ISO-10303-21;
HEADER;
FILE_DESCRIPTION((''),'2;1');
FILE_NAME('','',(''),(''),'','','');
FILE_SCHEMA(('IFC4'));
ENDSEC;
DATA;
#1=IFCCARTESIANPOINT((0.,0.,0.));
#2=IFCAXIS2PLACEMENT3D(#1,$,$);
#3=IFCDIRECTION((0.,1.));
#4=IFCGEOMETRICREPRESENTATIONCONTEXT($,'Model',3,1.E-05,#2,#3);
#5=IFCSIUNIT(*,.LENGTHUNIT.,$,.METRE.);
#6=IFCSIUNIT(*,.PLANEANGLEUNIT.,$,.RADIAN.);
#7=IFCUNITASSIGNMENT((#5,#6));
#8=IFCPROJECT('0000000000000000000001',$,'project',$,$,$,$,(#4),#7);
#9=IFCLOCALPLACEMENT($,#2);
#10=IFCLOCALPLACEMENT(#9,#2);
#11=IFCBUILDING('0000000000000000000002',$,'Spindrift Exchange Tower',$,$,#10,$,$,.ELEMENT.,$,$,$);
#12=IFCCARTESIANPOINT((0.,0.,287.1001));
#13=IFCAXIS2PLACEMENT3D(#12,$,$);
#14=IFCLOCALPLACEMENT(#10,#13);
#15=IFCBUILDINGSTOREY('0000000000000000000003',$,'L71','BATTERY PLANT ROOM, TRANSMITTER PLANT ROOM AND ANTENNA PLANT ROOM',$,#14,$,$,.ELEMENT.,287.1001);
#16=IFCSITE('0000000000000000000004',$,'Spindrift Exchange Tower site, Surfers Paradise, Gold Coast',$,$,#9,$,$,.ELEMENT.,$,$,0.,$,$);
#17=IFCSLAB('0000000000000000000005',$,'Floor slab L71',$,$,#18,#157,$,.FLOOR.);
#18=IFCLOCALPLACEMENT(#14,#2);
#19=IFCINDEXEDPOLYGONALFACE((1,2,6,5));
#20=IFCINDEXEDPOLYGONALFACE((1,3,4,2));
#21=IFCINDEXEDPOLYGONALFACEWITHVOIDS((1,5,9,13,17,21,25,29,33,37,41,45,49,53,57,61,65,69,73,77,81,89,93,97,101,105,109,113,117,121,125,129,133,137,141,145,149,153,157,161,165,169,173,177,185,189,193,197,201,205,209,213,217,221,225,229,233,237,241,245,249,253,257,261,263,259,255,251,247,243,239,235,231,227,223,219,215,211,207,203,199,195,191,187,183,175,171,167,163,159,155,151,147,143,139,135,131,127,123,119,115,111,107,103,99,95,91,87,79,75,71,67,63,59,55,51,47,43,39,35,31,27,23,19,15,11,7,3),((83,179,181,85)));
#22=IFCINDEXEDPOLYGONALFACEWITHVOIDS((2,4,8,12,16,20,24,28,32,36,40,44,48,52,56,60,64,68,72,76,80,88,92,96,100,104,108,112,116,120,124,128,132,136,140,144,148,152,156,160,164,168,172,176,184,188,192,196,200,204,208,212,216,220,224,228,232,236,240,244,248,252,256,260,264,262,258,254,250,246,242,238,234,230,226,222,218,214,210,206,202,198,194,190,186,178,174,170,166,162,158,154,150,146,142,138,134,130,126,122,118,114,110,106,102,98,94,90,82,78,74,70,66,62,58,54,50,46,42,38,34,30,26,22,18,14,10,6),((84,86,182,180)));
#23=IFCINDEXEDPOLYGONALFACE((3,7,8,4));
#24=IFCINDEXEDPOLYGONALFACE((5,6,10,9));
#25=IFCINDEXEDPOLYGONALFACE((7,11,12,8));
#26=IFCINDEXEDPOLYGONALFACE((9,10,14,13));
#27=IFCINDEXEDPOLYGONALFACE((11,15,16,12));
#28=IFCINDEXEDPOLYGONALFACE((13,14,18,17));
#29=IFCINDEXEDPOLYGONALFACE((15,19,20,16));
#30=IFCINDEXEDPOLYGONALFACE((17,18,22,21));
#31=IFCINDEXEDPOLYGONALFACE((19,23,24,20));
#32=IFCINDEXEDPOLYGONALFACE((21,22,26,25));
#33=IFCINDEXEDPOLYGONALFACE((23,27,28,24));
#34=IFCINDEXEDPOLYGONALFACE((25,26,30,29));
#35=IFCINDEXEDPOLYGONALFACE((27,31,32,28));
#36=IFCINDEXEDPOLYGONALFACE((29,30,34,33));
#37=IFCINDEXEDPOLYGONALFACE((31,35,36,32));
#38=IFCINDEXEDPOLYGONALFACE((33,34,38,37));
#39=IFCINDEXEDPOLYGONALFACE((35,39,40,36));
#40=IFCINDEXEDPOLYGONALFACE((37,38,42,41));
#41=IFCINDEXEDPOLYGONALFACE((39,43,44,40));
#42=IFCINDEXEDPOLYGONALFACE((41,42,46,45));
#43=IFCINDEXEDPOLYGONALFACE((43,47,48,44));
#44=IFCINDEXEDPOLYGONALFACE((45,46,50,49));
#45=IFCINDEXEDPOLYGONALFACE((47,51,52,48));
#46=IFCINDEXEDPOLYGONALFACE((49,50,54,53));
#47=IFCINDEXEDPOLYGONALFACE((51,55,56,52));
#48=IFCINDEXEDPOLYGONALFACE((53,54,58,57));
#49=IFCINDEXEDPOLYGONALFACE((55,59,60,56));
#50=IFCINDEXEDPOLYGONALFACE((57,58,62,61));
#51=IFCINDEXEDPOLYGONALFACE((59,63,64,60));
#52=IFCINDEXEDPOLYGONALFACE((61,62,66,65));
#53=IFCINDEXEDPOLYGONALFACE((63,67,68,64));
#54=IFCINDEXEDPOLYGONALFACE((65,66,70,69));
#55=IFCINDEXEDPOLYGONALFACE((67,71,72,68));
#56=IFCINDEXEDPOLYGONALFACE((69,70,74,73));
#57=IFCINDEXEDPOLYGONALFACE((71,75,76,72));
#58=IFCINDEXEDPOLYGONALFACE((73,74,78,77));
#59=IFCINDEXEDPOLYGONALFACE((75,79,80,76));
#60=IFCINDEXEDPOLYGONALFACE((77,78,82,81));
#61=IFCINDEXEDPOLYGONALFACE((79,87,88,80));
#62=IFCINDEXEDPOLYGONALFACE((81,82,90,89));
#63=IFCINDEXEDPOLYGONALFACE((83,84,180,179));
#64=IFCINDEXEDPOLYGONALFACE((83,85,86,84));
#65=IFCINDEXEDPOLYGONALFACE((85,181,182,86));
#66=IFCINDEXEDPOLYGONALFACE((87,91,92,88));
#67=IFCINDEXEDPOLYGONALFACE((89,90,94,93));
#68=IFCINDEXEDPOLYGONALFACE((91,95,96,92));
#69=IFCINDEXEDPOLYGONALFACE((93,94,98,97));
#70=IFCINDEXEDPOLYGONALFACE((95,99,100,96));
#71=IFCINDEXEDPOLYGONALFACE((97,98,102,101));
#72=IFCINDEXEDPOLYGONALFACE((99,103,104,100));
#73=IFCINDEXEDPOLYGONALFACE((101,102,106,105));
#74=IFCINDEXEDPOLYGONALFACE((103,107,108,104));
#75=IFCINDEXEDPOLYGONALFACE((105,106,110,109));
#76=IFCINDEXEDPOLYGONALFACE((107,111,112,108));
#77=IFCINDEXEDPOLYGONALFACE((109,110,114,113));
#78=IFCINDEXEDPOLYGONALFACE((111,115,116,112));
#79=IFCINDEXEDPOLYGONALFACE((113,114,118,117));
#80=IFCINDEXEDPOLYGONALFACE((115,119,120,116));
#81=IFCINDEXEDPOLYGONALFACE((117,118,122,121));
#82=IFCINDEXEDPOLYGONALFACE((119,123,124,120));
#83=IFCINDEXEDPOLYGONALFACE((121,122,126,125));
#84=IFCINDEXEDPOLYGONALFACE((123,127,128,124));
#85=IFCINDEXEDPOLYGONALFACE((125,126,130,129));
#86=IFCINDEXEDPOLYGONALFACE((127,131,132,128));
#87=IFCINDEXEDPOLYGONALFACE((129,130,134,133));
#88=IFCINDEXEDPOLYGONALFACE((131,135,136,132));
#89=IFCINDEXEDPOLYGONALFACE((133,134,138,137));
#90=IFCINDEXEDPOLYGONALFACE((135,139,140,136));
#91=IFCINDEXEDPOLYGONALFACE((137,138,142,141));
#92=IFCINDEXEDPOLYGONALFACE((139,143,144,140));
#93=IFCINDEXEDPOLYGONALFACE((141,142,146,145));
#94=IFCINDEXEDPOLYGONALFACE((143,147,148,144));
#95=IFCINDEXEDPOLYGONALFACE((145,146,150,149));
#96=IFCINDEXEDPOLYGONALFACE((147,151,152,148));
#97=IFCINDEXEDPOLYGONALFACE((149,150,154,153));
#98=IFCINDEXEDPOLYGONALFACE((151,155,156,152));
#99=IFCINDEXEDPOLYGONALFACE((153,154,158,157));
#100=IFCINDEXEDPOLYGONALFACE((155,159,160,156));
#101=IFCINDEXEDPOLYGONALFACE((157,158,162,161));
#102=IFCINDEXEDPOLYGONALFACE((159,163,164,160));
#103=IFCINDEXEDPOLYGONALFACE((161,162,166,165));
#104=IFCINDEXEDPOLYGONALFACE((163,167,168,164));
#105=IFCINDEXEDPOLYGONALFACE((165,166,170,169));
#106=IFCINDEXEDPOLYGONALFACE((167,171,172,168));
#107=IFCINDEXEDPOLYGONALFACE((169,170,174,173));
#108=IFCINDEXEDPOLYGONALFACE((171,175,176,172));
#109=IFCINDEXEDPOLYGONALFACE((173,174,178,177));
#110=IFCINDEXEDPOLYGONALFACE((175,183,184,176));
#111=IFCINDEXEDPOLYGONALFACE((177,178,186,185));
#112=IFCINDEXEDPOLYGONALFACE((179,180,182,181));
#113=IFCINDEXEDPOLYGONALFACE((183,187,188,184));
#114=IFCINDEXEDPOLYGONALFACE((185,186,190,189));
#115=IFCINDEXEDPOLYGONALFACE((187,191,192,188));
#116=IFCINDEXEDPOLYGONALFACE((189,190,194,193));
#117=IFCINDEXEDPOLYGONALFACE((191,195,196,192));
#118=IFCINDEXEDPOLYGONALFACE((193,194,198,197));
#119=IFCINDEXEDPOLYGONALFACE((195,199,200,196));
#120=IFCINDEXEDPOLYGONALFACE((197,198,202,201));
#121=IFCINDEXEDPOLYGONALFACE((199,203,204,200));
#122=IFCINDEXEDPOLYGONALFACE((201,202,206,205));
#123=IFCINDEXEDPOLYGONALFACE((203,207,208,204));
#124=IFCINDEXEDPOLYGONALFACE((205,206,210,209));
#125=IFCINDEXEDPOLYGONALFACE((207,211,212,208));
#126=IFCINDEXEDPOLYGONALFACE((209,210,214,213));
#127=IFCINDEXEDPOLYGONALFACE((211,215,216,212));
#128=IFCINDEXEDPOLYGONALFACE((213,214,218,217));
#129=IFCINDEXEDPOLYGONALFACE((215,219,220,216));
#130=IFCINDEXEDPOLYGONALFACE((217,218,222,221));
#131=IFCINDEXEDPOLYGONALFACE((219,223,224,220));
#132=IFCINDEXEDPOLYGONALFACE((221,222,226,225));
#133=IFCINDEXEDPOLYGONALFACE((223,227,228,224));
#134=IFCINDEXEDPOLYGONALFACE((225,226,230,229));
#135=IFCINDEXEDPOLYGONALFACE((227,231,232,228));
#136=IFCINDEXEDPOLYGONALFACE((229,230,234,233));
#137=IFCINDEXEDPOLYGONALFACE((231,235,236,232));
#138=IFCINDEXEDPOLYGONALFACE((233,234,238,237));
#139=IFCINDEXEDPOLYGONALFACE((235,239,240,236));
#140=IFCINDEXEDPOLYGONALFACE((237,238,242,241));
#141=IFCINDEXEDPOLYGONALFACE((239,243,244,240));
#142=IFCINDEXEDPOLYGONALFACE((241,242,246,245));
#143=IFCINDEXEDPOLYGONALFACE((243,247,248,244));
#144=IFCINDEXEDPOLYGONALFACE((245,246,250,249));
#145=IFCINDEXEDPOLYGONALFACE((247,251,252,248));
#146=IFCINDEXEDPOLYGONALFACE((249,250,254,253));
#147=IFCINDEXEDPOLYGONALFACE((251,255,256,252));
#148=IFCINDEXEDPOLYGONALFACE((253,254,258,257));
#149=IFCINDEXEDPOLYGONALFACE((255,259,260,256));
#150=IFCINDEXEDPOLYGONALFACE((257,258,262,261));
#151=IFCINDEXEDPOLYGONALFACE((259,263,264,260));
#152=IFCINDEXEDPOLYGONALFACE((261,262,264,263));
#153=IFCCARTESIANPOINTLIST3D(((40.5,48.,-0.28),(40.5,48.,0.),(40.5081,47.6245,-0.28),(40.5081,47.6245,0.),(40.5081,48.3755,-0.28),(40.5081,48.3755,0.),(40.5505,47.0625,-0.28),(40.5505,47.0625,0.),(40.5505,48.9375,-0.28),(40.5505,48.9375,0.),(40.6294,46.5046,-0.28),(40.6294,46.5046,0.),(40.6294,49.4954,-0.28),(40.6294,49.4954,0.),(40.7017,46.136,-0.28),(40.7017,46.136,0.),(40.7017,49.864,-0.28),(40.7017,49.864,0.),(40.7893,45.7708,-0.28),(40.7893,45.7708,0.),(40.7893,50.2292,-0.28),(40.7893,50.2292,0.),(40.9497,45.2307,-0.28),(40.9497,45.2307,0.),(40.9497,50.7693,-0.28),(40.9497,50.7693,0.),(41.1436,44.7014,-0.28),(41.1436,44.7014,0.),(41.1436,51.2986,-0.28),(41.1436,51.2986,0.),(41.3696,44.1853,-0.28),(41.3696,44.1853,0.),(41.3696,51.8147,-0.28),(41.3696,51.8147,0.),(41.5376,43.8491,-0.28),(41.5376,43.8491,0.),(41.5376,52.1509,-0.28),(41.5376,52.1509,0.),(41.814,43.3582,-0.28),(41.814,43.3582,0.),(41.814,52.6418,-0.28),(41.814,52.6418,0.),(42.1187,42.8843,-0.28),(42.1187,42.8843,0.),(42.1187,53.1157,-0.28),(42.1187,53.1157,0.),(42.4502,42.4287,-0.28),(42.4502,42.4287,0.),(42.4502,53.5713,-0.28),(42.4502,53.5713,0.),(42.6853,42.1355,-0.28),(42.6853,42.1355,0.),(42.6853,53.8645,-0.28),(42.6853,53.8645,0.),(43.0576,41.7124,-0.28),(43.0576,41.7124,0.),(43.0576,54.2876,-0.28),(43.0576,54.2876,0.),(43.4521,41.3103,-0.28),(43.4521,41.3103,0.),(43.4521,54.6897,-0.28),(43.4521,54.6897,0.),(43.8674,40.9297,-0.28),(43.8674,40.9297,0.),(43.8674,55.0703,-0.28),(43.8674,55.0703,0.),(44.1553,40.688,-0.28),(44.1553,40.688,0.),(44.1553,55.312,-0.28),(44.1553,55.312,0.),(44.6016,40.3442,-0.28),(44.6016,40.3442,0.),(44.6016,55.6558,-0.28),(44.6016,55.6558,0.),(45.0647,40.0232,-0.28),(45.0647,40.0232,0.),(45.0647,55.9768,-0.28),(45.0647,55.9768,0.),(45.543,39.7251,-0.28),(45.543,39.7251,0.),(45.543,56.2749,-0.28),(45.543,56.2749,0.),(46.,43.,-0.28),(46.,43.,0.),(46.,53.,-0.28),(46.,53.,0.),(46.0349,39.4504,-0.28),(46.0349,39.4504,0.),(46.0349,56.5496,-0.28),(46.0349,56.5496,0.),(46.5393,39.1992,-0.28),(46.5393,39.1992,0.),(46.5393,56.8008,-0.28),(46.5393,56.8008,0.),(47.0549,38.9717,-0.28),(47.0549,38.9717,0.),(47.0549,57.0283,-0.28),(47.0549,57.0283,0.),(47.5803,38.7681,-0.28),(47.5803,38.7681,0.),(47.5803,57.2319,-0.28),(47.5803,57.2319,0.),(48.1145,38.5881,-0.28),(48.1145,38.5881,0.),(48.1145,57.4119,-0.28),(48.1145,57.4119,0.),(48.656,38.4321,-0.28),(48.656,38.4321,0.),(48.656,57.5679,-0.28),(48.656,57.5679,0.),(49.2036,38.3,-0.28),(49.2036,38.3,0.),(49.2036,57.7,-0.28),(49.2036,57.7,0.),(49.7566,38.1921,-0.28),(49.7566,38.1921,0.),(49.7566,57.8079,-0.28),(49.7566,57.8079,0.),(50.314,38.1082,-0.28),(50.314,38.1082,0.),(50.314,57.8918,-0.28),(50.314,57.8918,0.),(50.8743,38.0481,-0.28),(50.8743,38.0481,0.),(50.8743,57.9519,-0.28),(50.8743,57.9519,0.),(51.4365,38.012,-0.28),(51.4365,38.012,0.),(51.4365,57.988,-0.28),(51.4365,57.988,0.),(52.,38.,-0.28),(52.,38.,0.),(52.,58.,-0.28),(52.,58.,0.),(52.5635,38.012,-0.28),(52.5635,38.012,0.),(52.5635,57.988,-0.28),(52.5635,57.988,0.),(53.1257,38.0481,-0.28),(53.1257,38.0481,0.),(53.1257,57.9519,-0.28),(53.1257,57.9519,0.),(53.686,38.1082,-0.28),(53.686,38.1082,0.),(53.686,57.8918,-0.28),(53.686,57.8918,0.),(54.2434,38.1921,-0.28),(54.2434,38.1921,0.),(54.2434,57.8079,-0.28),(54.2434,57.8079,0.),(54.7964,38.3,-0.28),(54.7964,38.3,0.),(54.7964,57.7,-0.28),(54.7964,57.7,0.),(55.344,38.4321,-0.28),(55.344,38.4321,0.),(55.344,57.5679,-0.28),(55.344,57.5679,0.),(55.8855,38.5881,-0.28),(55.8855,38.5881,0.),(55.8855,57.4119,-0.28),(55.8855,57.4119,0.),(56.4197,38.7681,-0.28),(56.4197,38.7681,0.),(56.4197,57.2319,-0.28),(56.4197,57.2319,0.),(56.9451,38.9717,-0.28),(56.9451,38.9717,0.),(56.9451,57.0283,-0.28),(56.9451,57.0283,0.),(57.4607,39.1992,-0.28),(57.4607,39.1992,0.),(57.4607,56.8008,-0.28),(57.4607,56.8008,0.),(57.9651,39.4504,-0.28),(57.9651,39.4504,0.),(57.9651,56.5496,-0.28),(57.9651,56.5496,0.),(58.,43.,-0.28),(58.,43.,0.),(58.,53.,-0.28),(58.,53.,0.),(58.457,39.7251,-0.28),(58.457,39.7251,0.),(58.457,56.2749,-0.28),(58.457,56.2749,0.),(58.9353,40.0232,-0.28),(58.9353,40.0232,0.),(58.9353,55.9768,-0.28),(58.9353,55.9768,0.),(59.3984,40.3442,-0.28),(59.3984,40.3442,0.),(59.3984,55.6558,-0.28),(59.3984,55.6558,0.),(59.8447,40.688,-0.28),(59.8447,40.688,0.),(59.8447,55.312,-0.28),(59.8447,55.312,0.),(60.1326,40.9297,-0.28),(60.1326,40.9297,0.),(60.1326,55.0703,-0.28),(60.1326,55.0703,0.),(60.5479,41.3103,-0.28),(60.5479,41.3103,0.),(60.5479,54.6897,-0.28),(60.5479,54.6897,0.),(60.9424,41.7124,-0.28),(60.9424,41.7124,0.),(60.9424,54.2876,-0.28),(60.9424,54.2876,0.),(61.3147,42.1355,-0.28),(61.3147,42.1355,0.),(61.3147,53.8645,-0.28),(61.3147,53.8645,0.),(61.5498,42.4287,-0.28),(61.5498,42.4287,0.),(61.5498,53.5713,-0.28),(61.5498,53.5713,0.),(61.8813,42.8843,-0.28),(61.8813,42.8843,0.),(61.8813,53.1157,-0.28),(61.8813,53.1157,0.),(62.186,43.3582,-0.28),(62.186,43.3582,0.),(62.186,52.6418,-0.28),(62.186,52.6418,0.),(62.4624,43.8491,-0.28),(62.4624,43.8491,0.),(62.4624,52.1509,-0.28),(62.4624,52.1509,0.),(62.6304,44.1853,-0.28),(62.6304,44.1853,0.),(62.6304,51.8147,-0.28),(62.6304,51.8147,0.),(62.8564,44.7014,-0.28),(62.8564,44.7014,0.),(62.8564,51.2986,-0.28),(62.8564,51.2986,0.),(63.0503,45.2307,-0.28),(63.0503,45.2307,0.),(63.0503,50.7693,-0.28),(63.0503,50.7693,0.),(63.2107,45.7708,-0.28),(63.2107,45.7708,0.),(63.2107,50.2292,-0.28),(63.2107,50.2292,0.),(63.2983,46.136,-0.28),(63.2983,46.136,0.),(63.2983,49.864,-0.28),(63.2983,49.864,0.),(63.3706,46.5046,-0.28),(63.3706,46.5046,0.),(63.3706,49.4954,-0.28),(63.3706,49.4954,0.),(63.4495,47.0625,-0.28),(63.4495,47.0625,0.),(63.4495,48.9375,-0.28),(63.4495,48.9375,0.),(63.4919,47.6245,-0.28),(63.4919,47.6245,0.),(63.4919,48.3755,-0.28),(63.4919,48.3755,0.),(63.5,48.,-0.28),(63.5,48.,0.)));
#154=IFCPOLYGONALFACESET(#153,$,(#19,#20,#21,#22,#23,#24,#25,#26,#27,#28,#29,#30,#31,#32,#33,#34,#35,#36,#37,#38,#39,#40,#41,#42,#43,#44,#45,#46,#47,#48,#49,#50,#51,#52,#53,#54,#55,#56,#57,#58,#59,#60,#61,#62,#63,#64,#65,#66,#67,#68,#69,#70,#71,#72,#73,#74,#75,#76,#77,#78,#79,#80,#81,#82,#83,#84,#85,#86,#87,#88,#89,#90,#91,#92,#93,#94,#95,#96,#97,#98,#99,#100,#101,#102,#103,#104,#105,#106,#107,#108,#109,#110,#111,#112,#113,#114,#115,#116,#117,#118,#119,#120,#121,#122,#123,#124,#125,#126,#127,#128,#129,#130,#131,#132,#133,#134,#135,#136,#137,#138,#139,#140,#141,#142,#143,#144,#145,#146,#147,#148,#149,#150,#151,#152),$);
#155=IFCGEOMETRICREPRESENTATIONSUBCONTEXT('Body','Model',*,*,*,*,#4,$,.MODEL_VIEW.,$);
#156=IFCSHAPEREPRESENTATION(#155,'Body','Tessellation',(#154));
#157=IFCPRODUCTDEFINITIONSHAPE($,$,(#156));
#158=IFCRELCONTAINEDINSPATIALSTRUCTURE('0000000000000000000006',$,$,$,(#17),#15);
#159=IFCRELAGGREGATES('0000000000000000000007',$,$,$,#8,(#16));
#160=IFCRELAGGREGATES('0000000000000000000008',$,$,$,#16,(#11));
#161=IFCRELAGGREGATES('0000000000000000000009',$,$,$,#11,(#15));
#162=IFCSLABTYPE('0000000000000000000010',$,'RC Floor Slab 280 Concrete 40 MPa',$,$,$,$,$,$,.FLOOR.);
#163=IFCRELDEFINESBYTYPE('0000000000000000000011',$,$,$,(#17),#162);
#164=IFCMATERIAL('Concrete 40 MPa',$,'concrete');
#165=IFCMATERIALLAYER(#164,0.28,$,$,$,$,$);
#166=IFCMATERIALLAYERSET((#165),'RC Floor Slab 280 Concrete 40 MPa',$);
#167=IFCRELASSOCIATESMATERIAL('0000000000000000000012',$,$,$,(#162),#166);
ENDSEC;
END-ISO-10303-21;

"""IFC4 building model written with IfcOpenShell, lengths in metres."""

from ifc_helpers import new_model, si_unit, direction, frame, origin, place, context, subcontext, project, spatial, line, indexed_curve, outline, extrude, material, layer, layer_set, type_object, element, save


model = new_model("IFC4")

# Units and contexts
model_context = context("Model", 3, precision=1e-05, world=origin(), true_north=direction((0.0, 1.0)))
body_context = subcontext(model_context, "Body", "Model", "MODEL_VIEW")
ifc_project = project(units=[si_unit("LENGTHUNIT", "METRE"), si_unit("PLANEANGLEUNIT", "RADIAN")], contexts=[model_context])

# Site, building, storey
site_placement = place(None, origin())
site = spatial("IfcSite", under=ifc_project, at=site_placement, Name="Spindrift Exchange Tower site, Surfers Paradise, Gold Coast", CompositionType="ELEMENT", RefElevation=0.0)
building_placement = place(site_placement, origin())
building = spatial("IfcBuilding", under=site, at=building_placement, Name="Spindrift Exchange Tower", CompositionType="ELEMENT")
storey_placement = place(building_placement, frame((0.0, 0.0, 287.1001)))
storey = spatial("IfcBuildingStorey", under=building, at=storey_placement, Name="L71", Description="BATTERY PLANT ROOM, TRANSMITTER PLANT ROOM AND ANTENNA PLANT ROOM", CompositionType="ELEMENT", Elevation=287.1001)

# Shared definitions
ifc_material_1 = material(Name="Concrete 40 MPa", Category="concrete")

# Slab
ifc_layer_1 = layer(ifc_material_1, 0.28)
ifc_layer_set_1 = layer_set([ifc_layer_1], Name="RC Floor Slab 280 Concrete 40 MPa")
slab_type_1 = type_object("IfcSlabType", Name="RC Floor Slab 280 Concrete 40 MPa", PredefinedType="FLOOR", material=ifc_layer_set_1)
slab_1_placement = place(storey_placement, frame((0.0, 0.0, -0.28)))
element("IfcSlab", 1, at=slab_1_placement, inside=storey, type_object=slab_type_1, Name="Floor slab L71", PredefinedType="FLOOR", context=body_context, shape_type="SweptSolid", body=[
    extrude(outline(indexed_curve([(63.5, 48.0), (63.4919, 48.3755), (63.4495, 48.9375), (63.3706, 49.4954), (63.2983, 49.864), (63.2107, 50.2292), (63.0503, 50.7693), (62.8564, 51.2986), (62.6304, 51.8147), (62.4624, 52.1509), (62.186, 52.6418), (61.8813, 53.1157), (61.5498, 53.5713), (61.3147, 53.8645), (60.9424, 54.2876), (60.5479, 54.6897), (60.1326, 55.0703), (59.8447, 55.312), (59.3984, 55.6558), (58.9353, 55.9768), (58.457, 56.2749), (57.9651, 56.5496), (57.4607, 56.8008), (56.9451, 57.0283), (56.4197, 57.2319), (55.8855, 57.4119), (55.344, 57.5679), (54.7964, 57.7), (54.2434, 57.8079), (53.686, 57.8918), (53.1257, 57.9519), (52.5635, 57.988), (52.0, 58.0), (51.4365, 57.988), (50.8743, 57.9519), (50.314, 57.8918), (49.7566, 57.8079), (49.2036, 57.7), (48.656, 57.5679), (48.1145, 57.4119), (47.5803, 57.2319), (47.0549, 57.0283), (46.5393, 56.8008), (46.0349, 56.5496), (45.543, 56.2749), (45.0647, 55.9768), (44.6016, 55.6558), (44.1553, 55.312), (43.8674, 55.0703), (43.4521, 54.6897), (43.0576, 54.2876), (42.6853, 53.8645), (42.4502, 53.5713), (42.1187, 53.1157), (41.814, 52.6418), (41.5376, 52.1509), (41.3696, 51.8147), (41.1436, 51.2986), (40.9497, 50.7693), (40.7893, 50.2292), (40.7017, 49.864), (40.6294, 49.4954), (40.5505, 48.9375), (40.5081, 48.3755), (40.5, 48.0), (40.5081, 47.6245), (40.5505, 47.0625), (40.6294, 46.5046), (40.7017, 46.136), (40.7893, 45.7708), (40.9497, 45.2307), (41.1436, 44.7014), (41.3696, 44.1853), (41.5376, 43.8491), (41.814, 43.3582), (42.1187, 42.8843), (42.4502, 42.4287), (42.6853, 42.1355), (43.0576, 41.7124), (43.4521, 41.3103), (43.8674, 40.9297), (44.1553, 40.688), (44.6016, 40.3442), (45.0647, 40.0232), (45.543, 39.7251), (46.0349, 39.4504), (46.5393, 39.1992), (47.0549, 38.9717), (47.5803, 38.7681), (48.1145, 38.5881), (48.656, 38.4321), (49.2036, 38.3), (49.7566, 38.1921), (50.314, 38.1082), (50.8743, 38.0481), (51.4365, 38.012), (52.0, 38.0), (52.5635, 38.012), (53.1257, 38.0481), (53.686, 38.1082), (54.2434, 38.1921), (54.7964, 38.3), (55.344, 38.4321), (55.8855, 38.5881), (56.4197, 38.7681), (56.9451, 38.9717), (57.4607, 39.1992), (57.9651, 39.4504), (58.457, 39.7251), (58.9353, 40.0232), (59.3984, 40.3442), (59.8447, 40.688), (60.1326, 40.9297), (60.5479, 41.3103), (60.9424, 41.7124), (61.3147, 42.1355), (61.5498, 42.4287), (61.8813, 42.8843), (62.186, 43.3582), (62.4624, 43.8491), (62.6304, 44.1853), (62.8564, 44.7014), (63.0503, 45.2307), (63.2107, 45.7708), (63.2983, 46.136), (63.3706, 46.5046), (63.4495, 47.0625), (63.4919, 47.6245)], segments=[line(1, 2, 3, 4, 5, 6, 7, 8, 9, 10, 11, 12, 13, 14, 15, 16, 17, 18, 19, 20, 21, 22, 23, 24, 25, 26, 27, 28, 29, 30, 31, 32, 33, 34, 35, 36, 37, 38, 39, 40, 41, 42, 43, 44, 45, 46, 47, 48, 49, 50, 51, 52, 53, 54, 55, 56, 57, 58, 59, 60, 61, 62, 63, 64, 65, 66, 67, 68, 69, 70, 71, 72, 73, 74, 75, 76, 77, 78, 79, 80, 81, 82, 83, 84, 85, 86, 87, 88, 89, 90, 91, 92, 93, 94, 95, 96, 97, 98, 99, 100, 101, 102, 103, 104, 105, 106, 107, 108, 109, 110, 111, 112, 113, 114, 115, 116, 117, 118, 119, 120, 121, 122, 123, 124, 125, 126, 127, 128, 1)], self_intersect=False), holes=[indexed_curve([(46.0, 43.0), (58.0, 43.0), (58.0, 53.0), (46.0, 53.0)], segments=[line(1, 2, 3, 4, 1)], self_intersect=False)]), origin(), (0.0, 0.0, 1.0), 0.28),
])

save(model, "model.ifc")
